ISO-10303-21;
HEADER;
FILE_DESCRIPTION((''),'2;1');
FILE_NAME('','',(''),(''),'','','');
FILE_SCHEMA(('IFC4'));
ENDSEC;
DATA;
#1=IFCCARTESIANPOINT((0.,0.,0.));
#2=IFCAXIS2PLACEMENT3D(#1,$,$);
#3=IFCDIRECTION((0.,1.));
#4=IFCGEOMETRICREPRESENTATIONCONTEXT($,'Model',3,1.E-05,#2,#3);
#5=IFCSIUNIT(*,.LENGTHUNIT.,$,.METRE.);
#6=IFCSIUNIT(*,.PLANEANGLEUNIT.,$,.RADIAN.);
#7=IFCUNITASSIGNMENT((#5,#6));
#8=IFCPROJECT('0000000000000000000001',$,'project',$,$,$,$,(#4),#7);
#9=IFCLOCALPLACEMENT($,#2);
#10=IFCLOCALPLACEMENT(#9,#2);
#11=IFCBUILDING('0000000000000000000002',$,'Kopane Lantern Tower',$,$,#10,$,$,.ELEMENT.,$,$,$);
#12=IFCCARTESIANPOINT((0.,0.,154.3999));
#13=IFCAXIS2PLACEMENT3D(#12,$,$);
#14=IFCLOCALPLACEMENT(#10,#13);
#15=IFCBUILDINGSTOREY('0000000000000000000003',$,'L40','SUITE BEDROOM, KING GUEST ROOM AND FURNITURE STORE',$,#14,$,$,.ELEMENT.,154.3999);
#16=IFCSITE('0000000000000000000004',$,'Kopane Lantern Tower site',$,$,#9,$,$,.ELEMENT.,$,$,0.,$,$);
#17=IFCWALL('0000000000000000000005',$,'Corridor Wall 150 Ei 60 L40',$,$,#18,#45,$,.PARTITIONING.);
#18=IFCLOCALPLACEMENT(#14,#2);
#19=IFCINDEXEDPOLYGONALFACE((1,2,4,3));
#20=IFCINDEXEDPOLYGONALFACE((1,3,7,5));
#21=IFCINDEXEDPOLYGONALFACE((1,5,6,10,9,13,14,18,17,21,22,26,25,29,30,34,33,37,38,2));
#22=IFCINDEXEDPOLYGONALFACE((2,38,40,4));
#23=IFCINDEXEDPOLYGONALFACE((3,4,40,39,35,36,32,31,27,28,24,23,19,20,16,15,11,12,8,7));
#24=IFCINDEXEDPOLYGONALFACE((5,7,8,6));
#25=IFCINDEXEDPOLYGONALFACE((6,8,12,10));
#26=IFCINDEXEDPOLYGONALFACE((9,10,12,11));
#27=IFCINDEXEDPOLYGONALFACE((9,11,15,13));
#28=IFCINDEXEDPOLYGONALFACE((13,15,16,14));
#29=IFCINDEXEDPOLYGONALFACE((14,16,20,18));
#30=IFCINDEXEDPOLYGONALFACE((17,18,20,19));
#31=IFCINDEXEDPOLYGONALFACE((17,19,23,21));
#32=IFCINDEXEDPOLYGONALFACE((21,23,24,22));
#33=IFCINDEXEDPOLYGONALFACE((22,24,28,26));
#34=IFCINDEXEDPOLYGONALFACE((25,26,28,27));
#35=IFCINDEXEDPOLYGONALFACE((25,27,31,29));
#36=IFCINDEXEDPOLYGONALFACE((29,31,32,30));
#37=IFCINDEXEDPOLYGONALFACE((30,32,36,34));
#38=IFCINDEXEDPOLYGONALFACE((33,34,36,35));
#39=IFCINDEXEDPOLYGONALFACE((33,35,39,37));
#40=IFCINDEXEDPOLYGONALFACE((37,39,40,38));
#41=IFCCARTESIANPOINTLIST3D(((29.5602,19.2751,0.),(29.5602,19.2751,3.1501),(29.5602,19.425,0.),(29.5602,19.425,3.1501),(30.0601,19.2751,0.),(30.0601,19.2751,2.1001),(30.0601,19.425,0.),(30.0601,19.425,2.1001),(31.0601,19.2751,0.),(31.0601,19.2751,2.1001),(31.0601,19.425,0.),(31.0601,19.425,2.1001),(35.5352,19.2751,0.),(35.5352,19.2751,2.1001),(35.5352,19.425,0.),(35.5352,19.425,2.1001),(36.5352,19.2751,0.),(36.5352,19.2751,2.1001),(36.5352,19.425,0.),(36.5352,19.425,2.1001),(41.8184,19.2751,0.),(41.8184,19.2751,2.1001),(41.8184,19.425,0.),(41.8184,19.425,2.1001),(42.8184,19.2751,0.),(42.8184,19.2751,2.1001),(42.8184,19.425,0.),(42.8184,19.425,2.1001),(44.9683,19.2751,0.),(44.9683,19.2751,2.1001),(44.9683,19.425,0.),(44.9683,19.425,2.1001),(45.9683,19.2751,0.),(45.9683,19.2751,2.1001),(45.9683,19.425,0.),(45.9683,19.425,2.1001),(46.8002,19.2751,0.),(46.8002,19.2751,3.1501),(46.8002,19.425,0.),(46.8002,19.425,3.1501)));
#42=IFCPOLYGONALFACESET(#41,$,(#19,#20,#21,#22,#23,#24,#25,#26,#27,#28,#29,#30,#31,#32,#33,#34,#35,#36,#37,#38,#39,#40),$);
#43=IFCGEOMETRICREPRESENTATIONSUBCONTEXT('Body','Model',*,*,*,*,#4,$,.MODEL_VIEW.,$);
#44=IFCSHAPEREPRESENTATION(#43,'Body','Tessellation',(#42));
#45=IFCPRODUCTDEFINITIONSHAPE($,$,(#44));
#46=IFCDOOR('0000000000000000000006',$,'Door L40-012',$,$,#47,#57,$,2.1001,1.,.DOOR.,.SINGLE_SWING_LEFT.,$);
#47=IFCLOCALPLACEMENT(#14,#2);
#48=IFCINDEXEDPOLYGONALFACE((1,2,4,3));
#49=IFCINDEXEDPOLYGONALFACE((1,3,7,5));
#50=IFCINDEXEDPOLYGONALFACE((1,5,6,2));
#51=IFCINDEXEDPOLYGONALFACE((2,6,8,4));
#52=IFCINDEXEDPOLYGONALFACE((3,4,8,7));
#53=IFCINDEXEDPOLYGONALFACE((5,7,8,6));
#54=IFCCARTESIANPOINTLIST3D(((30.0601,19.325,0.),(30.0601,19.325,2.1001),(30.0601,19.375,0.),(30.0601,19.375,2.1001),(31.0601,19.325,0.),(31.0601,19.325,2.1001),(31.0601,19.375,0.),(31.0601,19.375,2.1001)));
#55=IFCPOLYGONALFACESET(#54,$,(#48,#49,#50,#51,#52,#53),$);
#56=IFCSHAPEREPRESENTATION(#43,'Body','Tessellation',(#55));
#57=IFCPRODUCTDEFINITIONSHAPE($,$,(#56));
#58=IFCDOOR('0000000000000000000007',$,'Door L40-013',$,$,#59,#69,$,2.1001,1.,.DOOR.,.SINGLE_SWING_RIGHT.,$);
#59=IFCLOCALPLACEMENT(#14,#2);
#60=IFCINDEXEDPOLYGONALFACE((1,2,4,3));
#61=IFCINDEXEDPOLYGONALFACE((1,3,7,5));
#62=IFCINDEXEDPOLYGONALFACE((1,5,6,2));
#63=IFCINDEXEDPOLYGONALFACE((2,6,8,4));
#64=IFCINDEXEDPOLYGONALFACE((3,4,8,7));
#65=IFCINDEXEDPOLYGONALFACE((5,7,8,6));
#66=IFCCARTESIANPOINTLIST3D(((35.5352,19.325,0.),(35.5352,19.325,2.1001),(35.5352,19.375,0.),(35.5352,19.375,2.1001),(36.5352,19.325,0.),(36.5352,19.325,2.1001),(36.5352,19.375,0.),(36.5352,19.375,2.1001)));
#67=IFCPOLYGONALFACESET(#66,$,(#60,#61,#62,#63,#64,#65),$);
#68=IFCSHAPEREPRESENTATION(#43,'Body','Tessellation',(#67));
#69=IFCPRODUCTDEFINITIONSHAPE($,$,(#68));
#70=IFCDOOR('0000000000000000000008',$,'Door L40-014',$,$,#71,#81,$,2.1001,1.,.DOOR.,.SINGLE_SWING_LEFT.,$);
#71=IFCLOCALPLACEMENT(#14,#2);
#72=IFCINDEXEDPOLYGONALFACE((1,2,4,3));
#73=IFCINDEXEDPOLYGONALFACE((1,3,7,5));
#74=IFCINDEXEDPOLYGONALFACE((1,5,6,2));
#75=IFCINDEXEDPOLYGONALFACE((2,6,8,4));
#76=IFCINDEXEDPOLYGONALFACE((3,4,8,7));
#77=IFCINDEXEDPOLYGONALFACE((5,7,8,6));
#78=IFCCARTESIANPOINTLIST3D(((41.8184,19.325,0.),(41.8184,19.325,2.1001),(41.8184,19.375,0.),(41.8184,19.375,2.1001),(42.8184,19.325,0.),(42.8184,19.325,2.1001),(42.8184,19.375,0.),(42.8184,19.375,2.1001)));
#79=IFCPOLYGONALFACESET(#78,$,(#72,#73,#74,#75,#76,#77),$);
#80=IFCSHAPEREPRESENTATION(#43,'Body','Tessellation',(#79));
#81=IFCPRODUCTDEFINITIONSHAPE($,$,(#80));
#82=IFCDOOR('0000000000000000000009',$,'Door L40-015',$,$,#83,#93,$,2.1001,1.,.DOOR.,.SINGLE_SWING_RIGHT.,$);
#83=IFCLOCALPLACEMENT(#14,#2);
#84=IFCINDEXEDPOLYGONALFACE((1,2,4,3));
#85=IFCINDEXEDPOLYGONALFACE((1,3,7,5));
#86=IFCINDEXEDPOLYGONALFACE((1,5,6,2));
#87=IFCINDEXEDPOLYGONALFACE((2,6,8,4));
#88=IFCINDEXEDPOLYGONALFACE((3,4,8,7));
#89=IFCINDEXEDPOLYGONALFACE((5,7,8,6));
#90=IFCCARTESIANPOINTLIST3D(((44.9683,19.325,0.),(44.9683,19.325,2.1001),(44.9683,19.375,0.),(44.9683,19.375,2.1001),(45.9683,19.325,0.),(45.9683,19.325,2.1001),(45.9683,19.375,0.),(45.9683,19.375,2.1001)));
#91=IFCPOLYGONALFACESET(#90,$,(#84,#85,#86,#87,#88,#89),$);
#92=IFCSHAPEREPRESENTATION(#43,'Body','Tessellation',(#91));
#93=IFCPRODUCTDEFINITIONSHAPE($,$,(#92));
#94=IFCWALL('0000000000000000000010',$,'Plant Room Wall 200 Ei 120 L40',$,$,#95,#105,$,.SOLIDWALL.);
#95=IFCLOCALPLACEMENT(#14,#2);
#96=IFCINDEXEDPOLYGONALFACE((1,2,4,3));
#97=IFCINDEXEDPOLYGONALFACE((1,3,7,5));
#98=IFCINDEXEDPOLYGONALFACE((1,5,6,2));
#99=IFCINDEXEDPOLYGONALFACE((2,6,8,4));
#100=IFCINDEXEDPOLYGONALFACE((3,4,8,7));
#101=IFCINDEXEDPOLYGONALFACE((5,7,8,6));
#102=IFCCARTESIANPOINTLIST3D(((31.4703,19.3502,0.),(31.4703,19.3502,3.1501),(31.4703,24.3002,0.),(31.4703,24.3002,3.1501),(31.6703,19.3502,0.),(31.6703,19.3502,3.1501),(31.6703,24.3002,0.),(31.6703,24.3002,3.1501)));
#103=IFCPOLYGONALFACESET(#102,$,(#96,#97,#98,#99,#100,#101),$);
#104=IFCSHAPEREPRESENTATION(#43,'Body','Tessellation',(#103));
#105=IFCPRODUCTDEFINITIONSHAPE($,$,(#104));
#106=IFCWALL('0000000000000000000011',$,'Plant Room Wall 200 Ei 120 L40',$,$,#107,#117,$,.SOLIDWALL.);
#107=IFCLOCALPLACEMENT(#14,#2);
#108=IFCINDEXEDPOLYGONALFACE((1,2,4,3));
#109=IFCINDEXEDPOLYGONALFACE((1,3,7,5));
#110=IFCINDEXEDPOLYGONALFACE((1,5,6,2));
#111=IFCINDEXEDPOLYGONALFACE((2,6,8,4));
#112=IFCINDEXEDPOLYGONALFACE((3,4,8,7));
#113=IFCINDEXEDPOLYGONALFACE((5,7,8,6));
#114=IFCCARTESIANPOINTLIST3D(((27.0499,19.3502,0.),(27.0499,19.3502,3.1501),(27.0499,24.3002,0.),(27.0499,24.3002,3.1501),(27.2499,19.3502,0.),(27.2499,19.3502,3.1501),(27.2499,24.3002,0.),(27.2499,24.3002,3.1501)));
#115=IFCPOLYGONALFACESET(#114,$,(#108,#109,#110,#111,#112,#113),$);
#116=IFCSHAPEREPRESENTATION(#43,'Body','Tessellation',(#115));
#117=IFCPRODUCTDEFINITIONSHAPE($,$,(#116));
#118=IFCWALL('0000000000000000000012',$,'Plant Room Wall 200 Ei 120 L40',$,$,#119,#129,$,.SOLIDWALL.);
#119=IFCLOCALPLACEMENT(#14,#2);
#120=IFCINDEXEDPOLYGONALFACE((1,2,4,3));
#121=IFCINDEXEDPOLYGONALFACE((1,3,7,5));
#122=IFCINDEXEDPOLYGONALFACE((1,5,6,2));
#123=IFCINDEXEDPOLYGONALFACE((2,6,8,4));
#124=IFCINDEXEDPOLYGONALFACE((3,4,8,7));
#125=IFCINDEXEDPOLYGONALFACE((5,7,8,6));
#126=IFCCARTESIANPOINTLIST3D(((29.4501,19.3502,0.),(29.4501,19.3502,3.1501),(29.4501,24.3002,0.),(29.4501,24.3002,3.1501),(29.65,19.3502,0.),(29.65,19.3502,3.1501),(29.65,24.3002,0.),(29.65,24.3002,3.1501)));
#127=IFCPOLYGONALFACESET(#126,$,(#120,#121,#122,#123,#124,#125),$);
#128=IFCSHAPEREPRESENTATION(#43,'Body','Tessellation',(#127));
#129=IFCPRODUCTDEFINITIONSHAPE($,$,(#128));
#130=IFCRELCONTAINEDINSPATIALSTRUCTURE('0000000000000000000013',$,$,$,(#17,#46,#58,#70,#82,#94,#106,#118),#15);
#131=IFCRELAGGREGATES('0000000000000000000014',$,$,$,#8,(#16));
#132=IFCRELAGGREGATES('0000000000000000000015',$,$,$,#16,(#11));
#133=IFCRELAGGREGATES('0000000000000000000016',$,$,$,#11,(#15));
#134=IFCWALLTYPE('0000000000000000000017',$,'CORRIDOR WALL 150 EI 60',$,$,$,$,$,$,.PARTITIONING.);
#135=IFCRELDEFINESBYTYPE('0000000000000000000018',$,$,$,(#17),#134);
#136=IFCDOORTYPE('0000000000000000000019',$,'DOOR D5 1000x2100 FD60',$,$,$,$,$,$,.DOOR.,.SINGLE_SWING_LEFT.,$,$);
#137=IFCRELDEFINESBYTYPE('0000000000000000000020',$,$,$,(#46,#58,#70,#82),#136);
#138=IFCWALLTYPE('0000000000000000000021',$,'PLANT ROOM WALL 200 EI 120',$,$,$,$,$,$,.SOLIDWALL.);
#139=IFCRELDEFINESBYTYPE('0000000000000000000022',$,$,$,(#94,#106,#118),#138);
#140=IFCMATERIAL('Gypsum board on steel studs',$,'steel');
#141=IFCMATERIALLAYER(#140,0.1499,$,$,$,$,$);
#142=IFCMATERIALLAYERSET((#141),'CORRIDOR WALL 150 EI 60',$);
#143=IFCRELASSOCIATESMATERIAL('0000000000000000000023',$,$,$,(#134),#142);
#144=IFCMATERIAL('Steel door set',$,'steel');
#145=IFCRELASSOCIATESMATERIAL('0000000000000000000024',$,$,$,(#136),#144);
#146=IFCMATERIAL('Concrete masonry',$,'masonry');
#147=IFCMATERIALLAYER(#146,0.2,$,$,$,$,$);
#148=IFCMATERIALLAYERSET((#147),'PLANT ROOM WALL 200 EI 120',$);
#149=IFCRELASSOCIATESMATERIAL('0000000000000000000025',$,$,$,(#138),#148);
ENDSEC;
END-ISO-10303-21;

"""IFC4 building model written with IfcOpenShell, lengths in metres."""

from ifc_helpers import new_model, si_unit, direction, frame, frame_2d, origin, place, context, subcontext, project, spatial, rectangle, extrude, material, layer, layer_set, type_object, element, fill, save


model = new_model("IFC4")

# Units and contexts
model_context = context("Model", 3, precision=1e-05, world=origin(), true_north=direction((0.0, 1.0)))
body_context = subcontext(model_context, "Body", "Model", "MODEL_VIEW")
ifc_project = project(units=[si_unit("LENGTHUNIT", "METRE"), si_unit("PLANEANGLEUNIT", "RADIAN")], contexts=[model_context])

# Site, building, storey
site_placement = place(None, origin())
site = spatial("IfcSite", under=ifc_project, at=site_placement, Name="Kopane Lantern Tower site", CompositionType="ELEMENT", RefElevation=0.0)
building_placement = place(site_placement, origin())
building = spatial("IfcBuilding", under=site, at=building_placement, Name="Kopane Lantern Tower", CompositionType="ELEMENT")
storey_placement = place(building_placement, frame((0.0, 0.0, 154.3999)))
storey = spatial("IfcBuildingStorey", under=building, at=storey_placement, Name="L40", Description="SUITE BEDROOM, KING GUEST ROOM AND FURNITURE STORE", CompositionType="ELEMENT", Elevation=154.3999)

# Wall, openings, doors
ifc_material_1 = material(Name="Gypsum board on steel studs", Category="steel")
ifc_layer_1 = layer(ifc_material_1, 0.1499)
ifc_layer_set_1 = layer_set([ifc_layer_1], Name="CORRIDOR WALL 150 EI 60")
wall_type_1 = type_object("IfcWallType", Name="CORRIDOR WALL 150 EI 60", PredefinedType="PARTITIONING", material=ifc_layer_set_1)
wall_1_placement = place(storey_placement, frame((29.5601, 19.3501, 0.0), z_axis=(0.0, 0.0, 1.0), x_axis=(1.0, 0.0, 0.0)))
wall_1 = element("IfcWall", 1, at=wall_1_placement, inside=storey, type_object=wall_type_1, Name="Corridor Wall 150 Ei 60 L40", PredefinedType="PARTITIONING", context=body_context, shape_type="SweptSolid", body=[
    extrude(rectangle(XDim=17.24, YDim=0.1499, at=frame_2d((8.6201, 0.0))), origin(), (0.0, 0.0, 1.0), 3.1501),
])
opening_1_placement = place(wall_1_placement, frame((0.5, 0.0, 0.0)))
opening_1 = element("IfcOpeningElement", 2, at=opening_1_placement, cuts=wall_1, PredefinedType="OPENING", context=body_context, shape_type="SweptSolid", body=[
    extrude(rectangle(XDim=1.0, YDim=2.1001, at=frame_2d((0.5, 1.05))), frame((0.0, 0.085, 0.0), z_axis=(0.0, -1.0, 0.0), x_axis=(1.0, 0.0, 0.0)), (0.0, 0.0, 1.0), 0.1699),
])
opening_2_placement = place(wall_1_placement, frame((5.9751, 0.0, 0.0)))
opening_2 = element("IfcOpeningElement", 3, at=opening_2_placement, cuts=wall_1, PredefinedType="OPENING", context=body_context, shape_type="SweptSolid", body=[
    extrude(rectangle(XDim=1.0, YDim=2.1001, at=frame_2d((0.5, 1.05))), frame((0.0, 0.085, 0.0), z_axis=(0.0, -1.0, 0.0), x_axis=(1.0, 0.0, 0.0)), (0.0, 0.0, 1.0), 0.1699),
])
opening_3_placement = place(wall_1_placement, frame((12.2583, 0.0, 0.0)))
opening_3 = element("IfcOpeningElement", 4, at=opening_3_placement, cuts=wall_1, PredefinedType="OPENING", context=body_context, shape_type="SweptSolid", body=[
    extrude(rectangle(XDim=1.0, YDim=2.1001, at=frame_2d((0.5, 1.05))), frame((0.0, 0.085, 0.0), z_axis=(0.0, -1.0, 0.0), x_axis=(1.0, 0.0, 0.0)), (0.0, 0.0, 1.0), 0.1699),
])
opening_4_placement = place(wall_1_placement, frame((15.4082, 0.0, 0.0)))
opening_4 = element("IfcOpeningElement", 5, at=opening_4_placement, cuts=wall_1, PredefinedType="OPENING", context=body_context, shape_type="SweptSolid", body=[
    extrude(rectangle(XDim=1.0, YDim=2.1001, at=frame_2d((0.5, 1.05))), frame((0.0, 0.085, 0.0), z_axis=(0.0, -1.0, 0.0), x_axis=(1.0, 0.0, 0.0)), (0.0, 0.0, 1.0), 0.1699),
])
ifc_material_2 = material(Name="Steel door set", Category="steel")
door_type = type_object("IfcDoorType", Name="DOOR D5 1000x2100 FD60", OperationType="SINGLE_SWING_LEFT", PredefinedType="DOOR", material=ifc_material_2)
door_1_placement = place(opening_1_placement, origin())
door_1 = element("IfcDoor", 6, at=door_1_placement, inside=storey, type_object=door_type, Name="Door L40-012", OperationType="SINGLE_SWING_LEFT", OverallHeight=2.1001, OverallWidth=1.0, PredefinedType="DOOR", context=body_context, shape_type="SweptSolid", body=[
    extrude(rectangle(XDim=1.0, YDim=2.1001, at=frame_2d((0.5, 1.05))), frame((0.0, 0.0249, 0.0), z_axis=(0.0, -1.0, 0.0), x_axis=(1.0, 0.0, 0.0)), (0.0, 0.0, 1.0), 0.05),
])
fill(opening_1, door_1)
door_2_placement = place(opening_2_placement, origin())
door_2 = element("IfcDoor", 7, at=door_2_placement, inside=storey, type_object=door_type, Name="Door L40-013", OperationType="SINGLE_SWING_RIGHT", OverallHeight=2.1001, OverallWidth=1.0, PredefinedType="DOOR", context=body_context, shape_type="SweptSolid", body=[
    extrude(rectangle(XDim=1.0, YDim=2.1001, at=frame_2d((0.5, 1.05))), frame((0.0, 0.0249, 0.0), z_axis=(0.0, -1.0, 0.0), x_axis=(1.0, 0.0, 0.0)), (0.0, 0.0, 1.0), 0.05),
])
fill(opening_2, door_2)
door_3_placement = place(opening_3_placement, origin())
door_3 = element("IfcDoor", 8, at=door_3_placement, inside=storey, type_object=door_type, Name="Door L40-014", OperationType="SINGLE_SWING_LEFT", OverallHeight=2.1001, OverallWidth=1.0, PredefinedType="DOOR", context=body_context, shape_type="SweptSolid", body=[
    extrude(rectangle(XDim=1.0, YDim=2.1001, at=frame_2d((0.5, 1.05))), frame((0.0, 0.0249, 0.0), z_axis=(0.0, -1.0, 0.0), x_axis=(1.0, 0.0, 0.0)), (0.0, 0.0, 1.0), 0.05),
])
fill(opening_3, door_3)
door_4_placement = place(opening_4_placement, origin())
door_4 = element("IfcDoor", 9, at=door_4_placement, inside=storey, type_object=door_type, Name="Door L40-015", OperationType="SINGLE_SWING_RIGHT", OverallHeight=2.1001, OverallWidth=1.0, PredefinedType="DOOR", context=body_context, shape_type="SweptSolid", body=[
    extrude(rectangle(XDim=1.0, YDim=2.1001, at=frame_2d((0.5, 1.05))), frame((0.0, 0.0249, 0.0), z_axis=(0.0, -1.0, 0.0), x_axis=(1.0, 0.0, 0.0)), (0.0, 0.0, 1.0), 0.05),
])
fill(opening_4, door_4)

# Walls
ifc_material_3 = material(Name="Concrete masonry", Category="masonry")
ifc_layer_2 = layer(ifc_material_3, 0.2)
ifc_layer_set_2 = layer_set([ifc_layer_2], Name="PLANT ROOM WALL 200 EI 120")
wall_type_2 = type_object("IfcWallType", Name="PLANT ROOM WALL 200 EI 120", PredefinedType="SOLIDWALL", material=ifc_layer_set_2)
for number, where, z_axis, x_axis, name in (
    (10, (31.5703, 19.3501, 0.0), (0.0, 0.0, 1.0), (0.0, 1.0, 0.0), "Plant Room Wall 200 Ei 120 L40"),
    (11, (27.1499, 19.3501, 0.0), (0.0, 0.0, 1.0), (0.0, 1.0, 0.0), "Plant Room Wall 200 Ei 120 L40"),
    (12, (29.55, 19.3501, 0.0), (0.0, 0.0, 1.0), (0.0, 1.0, 0.0), "Plant Room Wall 200 Ei 120 L40"),
):
    element("IfcWall", number, at=place(storey_placement, frame(where, z_axis=z_axis, x_axis=x_axis)), inside=storey, type_object=wall_type_2, Name=name, PredefinedType="SOLIDWALL", context=body_context, shape_type="SweptSolid", body=[
        extrude(rectangle(XDim=4.95, YDim=0.2, at=frame_2d((2.4751, 0.0))), origin(), (0.0, 0.0, 1.0), 3.1501),
    ])

save(model, "model.ifc")
